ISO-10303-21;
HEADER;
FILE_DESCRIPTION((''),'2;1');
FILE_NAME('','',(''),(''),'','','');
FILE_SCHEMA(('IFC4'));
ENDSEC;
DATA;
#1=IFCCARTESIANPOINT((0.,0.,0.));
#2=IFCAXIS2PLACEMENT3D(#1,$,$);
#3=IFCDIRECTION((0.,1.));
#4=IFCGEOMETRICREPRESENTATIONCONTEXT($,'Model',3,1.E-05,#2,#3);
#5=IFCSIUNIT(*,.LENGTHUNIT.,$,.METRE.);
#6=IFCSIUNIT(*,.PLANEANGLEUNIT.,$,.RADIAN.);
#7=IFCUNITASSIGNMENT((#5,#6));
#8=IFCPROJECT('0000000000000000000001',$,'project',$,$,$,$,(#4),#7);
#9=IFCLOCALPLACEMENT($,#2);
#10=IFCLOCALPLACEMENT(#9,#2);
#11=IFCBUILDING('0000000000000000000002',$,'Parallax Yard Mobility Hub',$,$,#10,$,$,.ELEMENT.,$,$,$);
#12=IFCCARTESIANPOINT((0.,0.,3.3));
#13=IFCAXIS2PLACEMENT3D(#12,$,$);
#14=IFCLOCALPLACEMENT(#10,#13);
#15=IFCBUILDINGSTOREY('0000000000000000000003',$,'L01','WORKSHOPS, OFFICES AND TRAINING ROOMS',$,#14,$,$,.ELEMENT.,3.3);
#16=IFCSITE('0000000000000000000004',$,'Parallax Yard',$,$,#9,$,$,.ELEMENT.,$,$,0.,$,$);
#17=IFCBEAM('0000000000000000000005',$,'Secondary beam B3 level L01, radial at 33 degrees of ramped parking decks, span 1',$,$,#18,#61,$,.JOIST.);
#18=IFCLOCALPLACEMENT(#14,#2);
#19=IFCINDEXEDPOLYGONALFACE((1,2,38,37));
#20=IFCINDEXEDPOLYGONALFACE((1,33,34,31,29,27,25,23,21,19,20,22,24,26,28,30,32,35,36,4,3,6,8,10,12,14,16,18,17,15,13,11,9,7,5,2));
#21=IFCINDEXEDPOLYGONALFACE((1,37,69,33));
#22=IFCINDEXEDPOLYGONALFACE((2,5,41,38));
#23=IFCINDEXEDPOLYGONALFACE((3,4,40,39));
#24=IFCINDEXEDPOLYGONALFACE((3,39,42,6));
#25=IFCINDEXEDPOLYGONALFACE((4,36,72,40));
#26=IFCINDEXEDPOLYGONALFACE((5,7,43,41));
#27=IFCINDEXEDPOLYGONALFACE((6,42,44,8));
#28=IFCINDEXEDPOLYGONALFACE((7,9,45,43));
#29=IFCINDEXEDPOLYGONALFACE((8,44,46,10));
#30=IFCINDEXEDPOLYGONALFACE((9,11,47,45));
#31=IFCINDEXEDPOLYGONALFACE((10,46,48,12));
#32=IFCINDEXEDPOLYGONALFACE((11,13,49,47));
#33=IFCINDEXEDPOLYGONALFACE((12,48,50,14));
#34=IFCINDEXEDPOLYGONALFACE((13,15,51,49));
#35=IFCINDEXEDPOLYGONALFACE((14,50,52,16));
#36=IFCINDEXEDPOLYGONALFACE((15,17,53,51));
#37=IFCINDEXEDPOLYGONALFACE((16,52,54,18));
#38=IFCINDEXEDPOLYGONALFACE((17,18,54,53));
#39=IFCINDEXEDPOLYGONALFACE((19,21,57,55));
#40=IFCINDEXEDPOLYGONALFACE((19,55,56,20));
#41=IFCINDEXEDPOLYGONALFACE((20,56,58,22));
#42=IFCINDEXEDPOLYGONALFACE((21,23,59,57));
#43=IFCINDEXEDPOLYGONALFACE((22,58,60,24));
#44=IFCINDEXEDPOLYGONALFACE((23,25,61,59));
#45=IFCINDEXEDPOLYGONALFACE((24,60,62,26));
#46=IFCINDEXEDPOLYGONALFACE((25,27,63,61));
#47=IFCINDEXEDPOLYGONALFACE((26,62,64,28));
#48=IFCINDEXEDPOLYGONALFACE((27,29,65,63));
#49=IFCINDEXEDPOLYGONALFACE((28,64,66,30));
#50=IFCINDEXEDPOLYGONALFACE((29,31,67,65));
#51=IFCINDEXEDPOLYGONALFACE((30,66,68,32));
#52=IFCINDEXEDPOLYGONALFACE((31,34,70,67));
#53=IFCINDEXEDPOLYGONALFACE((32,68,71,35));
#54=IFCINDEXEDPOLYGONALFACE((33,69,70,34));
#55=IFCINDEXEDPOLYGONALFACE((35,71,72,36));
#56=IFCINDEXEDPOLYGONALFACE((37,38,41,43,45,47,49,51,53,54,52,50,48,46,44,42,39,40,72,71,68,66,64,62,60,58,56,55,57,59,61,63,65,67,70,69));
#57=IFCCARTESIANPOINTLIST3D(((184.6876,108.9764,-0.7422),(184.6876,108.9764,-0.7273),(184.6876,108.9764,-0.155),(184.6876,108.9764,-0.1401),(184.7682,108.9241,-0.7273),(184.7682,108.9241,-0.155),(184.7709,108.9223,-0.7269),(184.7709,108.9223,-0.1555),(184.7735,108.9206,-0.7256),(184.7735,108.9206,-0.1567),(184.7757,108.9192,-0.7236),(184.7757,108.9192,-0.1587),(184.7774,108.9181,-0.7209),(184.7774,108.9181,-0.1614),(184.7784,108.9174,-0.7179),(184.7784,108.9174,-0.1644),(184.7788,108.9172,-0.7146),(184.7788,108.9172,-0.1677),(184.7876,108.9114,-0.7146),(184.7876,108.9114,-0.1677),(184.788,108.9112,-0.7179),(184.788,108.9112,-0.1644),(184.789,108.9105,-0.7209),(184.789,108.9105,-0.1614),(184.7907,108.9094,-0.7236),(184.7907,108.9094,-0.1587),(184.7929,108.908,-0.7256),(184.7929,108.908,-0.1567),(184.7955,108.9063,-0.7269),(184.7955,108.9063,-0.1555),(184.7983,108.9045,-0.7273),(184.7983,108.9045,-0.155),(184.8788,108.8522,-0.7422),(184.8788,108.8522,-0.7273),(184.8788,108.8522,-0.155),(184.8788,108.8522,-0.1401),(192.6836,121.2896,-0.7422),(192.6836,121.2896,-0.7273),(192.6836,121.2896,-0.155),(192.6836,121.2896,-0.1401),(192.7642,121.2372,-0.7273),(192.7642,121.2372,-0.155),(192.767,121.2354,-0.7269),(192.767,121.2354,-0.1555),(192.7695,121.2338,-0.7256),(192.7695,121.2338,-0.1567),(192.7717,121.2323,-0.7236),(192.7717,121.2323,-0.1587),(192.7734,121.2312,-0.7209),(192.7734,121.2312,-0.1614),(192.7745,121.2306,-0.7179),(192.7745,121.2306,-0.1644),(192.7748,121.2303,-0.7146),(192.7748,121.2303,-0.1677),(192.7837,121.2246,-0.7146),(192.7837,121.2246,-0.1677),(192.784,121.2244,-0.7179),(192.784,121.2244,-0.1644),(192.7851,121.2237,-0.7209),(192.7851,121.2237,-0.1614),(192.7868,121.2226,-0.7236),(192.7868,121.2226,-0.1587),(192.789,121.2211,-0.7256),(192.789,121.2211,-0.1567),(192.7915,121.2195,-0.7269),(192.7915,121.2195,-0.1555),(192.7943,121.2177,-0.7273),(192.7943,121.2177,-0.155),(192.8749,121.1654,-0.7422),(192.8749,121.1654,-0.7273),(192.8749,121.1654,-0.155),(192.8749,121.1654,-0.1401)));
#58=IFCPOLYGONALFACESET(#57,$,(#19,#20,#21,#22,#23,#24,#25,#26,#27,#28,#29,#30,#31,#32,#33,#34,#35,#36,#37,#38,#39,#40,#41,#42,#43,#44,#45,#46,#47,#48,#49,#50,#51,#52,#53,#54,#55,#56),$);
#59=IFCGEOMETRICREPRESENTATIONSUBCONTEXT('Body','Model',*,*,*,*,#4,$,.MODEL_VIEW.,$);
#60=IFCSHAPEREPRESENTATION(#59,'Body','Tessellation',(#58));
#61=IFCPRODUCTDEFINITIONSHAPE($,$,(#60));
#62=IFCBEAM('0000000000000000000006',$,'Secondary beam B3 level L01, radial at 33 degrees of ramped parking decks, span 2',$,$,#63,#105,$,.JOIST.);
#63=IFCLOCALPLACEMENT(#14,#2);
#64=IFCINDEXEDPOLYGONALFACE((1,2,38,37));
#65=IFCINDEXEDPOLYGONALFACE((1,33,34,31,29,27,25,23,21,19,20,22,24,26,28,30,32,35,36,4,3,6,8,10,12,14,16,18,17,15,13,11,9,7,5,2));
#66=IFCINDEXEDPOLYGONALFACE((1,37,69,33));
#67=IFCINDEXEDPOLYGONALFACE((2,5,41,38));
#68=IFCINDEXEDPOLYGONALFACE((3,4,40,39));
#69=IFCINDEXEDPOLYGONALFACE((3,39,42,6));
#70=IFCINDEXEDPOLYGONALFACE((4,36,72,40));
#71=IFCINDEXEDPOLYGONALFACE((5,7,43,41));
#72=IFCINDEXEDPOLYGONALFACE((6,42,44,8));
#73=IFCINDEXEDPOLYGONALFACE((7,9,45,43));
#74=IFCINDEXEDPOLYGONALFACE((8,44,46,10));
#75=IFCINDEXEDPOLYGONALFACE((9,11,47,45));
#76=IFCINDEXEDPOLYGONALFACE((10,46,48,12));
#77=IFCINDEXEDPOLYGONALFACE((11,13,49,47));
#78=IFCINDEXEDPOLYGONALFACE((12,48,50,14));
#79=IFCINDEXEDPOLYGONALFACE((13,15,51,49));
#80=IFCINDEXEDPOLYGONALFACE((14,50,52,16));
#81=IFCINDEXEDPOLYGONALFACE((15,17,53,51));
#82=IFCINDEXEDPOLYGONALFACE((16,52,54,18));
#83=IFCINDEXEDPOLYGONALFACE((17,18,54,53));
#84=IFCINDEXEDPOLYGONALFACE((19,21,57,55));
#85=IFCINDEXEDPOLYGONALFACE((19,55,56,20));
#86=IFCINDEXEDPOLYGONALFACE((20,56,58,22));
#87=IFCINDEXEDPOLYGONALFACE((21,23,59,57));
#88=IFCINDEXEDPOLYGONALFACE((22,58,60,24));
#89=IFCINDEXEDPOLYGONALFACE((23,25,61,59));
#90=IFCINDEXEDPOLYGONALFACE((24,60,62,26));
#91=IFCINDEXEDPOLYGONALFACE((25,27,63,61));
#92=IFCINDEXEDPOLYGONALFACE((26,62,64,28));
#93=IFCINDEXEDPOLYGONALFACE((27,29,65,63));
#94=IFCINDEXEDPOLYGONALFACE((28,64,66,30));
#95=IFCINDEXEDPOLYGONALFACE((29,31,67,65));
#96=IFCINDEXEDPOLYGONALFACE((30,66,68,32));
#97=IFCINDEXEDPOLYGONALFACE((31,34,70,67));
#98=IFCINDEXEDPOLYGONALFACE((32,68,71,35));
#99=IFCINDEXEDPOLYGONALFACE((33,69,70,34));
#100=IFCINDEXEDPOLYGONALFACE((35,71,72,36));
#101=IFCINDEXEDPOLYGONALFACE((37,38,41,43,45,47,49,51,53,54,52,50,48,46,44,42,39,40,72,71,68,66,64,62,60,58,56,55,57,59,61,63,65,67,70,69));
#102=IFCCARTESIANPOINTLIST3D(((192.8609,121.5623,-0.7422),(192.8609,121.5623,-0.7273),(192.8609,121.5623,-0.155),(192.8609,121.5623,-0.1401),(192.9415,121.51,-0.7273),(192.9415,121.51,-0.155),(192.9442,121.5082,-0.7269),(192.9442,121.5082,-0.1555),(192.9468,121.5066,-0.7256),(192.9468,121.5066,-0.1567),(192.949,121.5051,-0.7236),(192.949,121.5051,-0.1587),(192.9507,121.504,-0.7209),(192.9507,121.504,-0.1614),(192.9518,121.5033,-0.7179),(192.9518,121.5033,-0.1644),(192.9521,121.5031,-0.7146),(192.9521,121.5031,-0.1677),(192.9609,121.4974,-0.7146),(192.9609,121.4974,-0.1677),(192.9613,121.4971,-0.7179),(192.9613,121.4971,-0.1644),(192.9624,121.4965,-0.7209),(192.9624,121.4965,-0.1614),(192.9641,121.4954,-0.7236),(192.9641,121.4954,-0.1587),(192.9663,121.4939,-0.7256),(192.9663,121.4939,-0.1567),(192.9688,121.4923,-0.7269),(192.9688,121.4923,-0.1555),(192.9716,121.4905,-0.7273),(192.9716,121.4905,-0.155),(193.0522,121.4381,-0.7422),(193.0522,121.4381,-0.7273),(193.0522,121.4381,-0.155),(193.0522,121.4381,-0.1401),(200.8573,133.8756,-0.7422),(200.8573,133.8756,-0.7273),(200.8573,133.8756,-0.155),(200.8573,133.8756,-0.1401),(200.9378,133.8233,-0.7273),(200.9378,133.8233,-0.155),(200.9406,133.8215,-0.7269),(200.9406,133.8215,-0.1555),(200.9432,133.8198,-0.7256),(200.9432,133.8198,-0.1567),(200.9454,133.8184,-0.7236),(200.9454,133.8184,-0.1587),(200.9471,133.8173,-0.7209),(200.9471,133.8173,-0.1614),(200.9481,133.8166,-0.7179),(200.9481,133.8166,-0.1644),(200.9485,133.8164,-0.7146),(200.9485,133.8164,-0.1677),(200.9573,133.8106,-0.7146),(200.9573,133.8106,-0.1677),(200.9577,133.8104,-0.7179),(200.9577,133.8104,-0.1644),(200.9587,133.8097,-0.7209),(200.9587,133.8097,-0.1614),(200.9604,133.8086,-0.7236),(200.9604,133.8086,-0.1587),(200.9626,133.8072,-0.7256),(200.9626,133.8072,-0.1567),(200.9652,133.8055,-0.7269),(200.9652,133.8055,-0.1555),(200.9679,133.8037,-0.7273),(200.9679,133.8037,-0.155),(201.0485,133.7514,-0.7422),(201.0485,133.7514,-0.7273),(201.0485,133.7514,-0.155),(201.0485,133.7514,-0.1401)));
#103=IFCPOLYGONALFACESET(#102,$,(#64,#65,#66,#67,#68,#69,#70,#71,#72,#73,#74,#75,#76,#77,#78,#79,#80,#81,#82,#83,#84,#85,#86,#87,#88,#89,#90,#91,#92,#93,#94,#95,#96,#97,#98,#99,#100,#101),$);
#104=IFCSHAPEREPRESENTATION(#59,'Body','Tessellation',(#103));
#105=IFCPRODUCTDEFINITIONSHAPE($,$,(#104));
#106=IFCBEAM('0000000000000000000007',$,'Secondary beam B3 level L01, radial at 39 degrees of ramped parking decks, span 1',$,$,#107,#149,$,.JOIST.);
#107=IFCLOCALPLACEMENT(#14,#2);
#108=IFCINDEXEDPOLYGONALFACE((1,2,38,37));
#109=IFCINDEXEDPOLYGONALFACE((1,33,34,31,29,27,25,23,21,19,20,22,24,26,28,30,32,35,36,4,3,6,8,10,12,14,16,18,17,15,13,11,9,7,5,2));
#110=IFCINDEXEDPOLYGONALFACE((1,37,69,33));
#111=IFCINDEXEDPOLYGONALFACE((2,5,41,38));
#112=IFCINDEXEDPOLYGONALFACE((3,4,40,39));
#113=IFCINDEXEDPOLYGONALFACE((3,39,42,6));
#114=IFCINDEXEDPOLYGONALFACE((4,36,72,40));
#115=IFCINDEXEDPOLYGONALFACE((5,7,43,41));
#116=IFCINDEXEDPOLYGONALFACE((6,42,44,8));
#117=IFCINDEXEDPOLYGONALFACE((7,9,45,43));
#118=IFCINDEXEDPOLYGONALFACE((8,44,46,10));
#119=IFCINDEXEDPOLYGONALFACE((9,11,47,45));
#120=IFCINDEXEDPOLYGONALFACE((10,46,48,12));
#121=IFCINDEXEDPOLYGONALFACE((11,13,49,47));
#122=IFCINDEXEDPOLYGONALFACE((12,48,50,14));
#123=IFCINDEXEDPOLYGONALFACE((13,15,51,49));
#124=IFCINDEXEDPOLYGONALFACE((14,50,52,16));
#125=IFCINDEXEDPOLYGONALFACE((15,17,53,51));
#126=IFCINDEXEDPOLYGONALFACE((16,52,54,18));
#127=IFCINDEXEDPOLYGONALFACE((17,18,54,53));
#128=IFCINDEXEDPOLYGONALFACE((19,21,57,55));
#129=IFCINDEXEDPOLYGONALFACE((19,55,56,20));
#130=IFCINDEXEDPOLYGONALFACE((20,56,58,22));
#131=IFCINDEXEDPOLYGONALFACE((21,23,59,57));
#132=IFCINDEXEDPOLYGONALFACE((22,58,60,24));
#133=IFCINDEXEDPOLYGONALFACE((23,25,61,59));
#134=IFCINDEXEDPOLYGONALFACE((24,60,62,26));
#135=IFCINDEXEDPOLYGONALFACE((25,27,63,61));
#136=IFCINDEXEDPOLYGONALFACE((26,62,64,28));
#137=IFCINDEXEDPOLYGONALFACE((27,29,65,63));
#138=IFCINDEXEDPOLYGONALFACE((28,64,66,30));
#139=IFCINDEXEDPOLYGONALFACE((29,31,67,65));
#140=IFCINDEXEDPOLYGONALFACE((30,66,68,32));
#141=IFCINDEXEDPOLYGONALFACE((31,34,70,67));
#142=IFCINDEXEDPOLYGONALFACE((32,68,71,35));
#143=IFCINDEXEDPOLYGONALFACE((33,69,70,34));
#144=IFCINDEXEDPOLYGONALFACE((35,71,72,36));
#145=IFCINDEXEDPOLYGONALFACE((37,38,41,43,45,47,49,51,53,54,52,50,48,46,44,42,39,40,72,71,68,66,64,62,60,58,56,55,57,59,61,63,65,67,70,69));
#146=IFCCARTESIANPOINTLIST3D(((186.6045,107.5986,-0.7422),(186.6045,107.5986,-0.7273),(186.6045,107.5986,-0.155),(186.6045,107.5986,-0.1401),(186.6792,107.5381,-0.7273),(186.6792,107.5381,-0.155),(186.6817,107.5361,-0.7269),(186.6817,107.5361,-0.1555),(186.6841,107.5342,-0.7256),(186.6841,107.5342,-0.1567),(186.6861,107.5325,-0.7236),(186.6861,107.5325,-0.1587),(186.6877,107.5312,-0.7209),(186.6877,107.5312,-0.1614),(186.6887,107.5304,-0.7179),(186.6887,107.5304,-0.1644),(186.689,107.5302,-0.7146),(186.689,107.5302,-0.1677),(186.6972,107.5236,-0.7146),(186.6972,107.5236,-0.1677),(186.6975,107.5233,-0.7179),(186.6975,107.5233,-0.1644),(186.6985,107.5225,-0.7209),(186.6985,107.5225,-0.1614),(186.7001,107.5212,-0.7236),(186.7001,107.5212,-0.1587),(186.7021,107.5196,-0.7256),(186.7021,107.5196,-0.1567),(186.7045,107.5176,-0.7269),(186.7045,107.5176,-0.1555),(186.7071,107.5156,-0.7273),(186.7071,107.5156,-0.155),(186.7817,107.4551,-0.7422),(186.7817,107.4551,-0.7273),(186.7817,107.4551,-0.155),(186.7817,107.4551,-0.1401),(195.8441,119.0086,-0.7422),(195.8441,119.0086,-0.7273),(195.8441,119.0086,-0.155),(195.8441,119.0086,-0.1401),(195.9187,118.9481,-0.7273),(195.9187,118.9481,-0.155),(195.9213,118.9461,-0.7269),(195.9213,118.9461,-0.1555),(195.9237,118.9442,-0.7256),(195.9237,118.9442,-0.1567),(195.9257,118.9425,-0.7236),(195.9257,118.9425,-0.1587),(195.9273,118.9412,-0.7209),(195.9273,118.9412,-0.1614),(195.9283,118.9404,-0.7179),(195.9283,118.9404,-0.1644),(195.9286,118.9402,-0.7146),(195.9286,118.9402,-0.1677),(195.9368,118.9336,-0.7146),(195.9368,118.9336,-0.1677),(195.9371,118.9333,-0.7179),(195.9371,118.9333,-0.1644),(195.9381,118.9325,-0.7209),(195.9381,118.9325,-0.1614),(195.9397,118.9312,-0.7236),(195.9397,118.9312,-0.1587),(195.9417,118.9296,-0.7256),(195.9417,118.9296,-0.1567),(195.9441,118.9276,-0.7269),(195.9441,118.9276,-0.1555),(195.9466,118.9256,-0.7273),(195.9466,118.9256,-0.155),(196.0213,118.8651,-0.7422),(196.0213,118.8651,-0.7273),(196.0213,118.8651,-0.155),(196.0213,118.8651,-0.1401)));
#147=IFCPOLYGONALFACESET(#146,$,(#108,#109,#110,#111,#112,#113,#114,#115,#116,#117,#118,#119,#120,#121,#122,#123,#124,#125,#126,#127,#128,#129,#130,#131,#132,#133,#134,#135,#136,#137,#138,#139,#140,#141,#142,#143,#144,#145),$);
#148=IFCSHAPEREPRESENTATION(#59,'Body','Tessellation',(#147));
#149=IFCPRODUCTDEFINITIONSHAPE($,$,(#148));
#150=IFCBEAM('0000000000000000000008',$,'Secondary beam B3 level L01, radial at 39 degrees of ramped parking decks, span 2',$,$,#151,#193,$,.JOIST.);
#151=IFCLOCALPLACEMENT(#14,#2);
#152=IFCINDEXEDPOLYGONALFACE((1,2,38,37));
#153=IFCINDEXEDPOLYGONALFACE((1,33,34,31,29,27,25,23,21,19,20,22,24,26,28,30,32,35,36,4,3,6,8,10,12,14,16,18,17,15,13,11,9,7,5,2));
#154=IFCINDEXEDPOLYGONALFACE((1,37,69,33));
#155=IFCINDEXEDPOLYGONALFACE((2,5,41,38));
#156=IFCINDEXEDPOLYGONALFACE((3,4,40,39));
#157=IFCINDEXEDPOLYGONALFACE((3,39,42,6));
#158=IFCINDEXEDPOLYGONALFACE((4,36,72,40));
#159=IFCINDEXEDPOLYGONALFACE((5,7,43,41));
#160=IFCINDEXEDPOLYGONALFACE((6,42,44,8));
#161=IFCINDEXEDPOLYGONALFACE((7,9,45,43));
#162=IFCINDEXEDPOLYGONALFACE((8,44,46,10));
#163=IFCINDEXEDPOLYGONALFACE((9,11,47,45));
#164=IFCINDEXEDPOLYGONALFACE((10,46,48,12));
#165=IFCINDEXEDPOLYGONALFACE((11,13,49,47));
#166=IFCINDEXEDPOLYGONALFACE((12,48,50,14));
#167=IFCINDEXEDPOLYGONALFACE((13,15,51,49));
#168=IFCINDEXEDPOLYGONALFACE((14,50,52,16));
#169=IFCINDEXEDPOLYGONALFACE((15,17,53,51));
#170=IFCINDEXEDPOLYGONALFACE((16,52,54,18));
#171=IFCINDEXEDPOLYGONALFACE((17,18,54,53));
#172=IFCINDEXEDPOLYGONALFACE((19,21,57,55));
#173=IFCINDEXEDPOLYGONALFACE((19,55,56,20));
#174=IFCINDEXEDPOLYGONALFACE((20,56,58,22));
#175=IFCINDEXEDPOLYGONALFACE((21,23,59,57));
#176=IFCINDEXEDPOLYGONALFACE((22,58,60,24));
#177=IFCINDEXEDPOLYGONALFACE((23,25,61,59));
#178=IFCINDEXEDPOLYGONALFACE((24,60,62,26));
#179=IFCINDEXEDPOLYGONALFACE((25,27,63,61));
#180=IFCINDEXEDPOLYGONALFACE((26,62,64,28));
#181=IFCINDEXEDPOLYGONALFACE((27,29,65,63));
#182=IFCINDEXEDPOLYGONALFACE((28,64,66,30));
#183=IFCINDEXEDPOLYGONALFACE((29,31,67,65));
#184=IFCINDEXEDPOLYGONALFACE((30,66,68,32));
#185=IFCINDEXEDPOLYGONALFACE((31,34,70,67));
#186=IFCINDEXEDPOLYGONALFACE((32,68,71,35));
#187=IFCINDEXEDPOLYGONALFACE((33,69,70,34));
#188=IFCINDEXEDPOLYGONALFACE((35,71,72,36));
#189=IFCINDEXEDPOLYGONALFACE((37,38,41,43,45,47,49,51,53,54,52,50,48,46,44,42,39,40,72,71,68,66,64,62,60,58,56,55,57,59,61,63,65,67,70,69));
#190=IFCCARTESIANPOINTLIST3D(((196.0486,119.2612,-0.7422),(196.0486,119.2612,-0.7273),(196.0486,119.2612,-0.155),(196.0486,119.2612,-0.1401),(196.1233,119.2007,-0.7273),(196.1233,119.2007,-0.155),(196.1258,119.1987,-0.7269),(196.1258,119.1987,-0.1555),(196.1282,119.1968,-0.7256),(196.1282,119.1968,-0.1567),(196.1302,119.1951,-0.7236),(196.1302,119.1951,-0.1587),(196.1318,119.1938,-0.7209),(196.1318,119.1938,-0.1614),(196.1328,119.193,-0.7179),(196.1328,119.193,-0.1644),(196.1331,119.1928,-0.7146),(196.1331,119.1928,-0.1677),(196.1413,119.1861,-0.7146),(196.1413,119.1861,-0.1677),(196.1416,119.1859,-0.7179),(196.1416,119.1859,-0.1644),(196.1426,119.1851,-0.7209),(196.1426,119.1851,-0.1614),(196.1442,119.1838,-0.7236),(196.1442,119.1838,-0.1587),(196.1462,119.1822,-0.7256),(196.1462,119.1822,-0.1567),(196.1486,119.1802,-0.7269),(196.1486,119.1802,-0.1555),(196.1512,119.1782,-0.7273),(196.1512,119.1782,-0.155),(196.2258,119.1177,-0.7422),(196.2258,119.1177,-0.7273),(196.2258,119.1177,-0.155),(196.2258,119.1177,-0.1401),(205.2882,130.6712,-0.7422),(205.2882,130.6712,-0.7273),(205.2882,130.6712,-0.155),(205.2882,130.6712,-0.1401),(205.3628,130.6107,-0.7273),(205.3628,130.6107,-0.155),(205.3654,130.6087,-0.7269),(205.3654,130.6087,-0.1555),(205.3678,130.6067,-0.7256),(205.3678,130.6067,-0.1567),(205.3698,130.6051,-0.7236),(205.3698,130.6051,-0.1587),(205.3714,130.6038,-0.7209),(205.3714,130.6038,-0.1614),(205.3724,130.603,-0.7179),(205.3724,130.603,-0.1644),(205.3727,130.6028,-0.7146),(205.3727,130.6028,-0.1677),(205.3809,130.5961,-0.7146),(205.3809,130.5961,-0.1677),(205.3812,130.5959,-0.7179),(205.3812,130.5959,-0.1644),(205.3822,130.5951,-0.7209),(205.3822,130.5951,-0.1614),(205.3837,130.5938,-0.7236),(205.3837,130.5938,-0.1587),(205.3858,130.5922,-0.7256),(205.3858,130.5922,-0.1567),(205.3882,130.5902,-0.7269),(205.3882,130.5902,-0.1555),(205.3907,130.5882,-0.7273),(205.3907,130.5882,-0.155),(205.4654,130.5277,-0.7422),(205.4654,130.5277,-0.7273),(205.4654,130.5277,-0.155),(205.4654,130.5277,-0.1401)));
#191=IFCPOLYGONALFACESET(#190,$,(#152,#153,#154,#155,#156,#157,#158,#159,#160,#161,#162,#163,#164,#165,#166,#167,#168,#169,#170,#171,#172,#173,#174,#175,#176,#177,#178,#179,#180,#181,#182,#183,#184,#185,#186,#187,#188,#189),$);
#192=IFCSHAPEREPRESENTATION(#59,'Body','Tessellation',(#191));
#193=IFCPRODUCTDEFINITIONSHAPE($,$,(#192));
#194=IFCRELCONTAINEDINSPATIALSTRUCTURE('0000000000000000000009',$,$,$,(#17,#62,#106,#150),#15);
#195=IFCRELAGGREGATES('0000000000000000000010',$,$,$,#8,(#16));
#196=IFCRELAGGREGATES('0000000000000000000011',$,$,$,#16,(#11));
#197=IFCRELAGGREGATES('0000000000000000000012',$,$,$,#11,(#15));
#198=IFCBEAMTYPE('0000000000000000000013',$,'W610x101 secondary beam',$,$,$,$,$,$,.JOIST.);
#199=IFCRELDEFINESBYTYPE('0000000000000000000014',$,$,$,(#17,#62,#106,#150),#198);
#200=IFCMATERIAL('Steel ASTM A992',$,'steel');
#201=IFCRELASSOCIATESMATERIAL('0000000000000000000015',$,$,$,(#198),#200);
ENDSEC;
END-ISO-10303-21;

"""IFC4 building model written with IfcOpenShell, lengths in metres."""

from ifc_helpers import new_model, si_unit, direction, frame, origin, origin_2d, place, context, subcontext, project, spatial, i_section, extrude, material, material_profile, profile_set, type_object, element, save


model = new_model("IFC4")

# Units and contexts
model_context = context("Model", 3, precision=1e-05, world=origin(), true_north=direction((0.0, 1.0)))
body_context = subcontext(model_context, "Body", "Model", "MODEL_VIEW")
ifc_project = project(units=[si_unit("LENGTHUNIT", "METRE"), si_unit("PLANEANGLEUNIT", "RADIAN")], contexts=[model_context])

# Site, building, storey
site_placement = place(None, origin())
site = spatial("IfcSite", under=ifc_project, at=site_placement, Name="Parallax Yard", CompositionType="ELEMENT", RefElevation=0.0)
building_placement = place(site_placement, origin())
building = spatial("IfcBuilding", under=site, at=building_placement, Name="Parallax Yard Mobility Hub", CompositionType="ELEMENT")
storey_placement = place(building_placement, frame((0.0, 0.0, 3.3)))
storey = spatial("IfcBuildingStorey", under=building, at=storey_placement, Name="L01", Description="WORKSHOPS, OFFICES AND TRAINING ROOMS", CompositionType="ELEMENT", Elevation=3.3)

# Shared definitions
ifc_material_1 = material(Name="Steel ASTM A992", Category="steel")

# Beams
ifc_material_profile_1 = material_profile(ifc_material_1, i_section(OverallWidth=0.228, OverallDepth=0.6021, WebThickness=0.0105, FlangeThickness=0.0149, FilletRadius=0.0127, at=origin_2d()), Name="W610x101")
ifc_profile_set_1 = profile_set([ifc_material_profile_1], Name="Steel ASTM A992")
beam_type_1 = type_object("IfcBeamType", Name="W610x101 secondary beam", PredefinedType="JOIST", material=ifc_profile_set_1)
beam_1_placement = place(storey_placement, frame((184.7832, 108.9143, -0.4412), z_axis=(0.544629, 0.838677, 0.0), x_axis=(-0.838677, 0.544629, 0.0)))
element("IfcBeam", 1, at=beam_1_placement, inside=storey, type_object=beam_type_1, Name="Secondary beam B3 level L01, radial at 33 degrees of ramped parking decks, span 1", PredefinedType="JOIST", context=body_context, shape_type="SweptSolid", body=[
    extrude(i_section(OverallWidth=0.228, OverallDepth=0.6021, WebThickness=0.0105, FlangeThickness=0.0149, FilletRadius=0.0127, at=origin_2d()), origin(), (0.0, 0.0, 1.0), 14.6816),
])
for number, where, z_axis, x_axis, name in (
    (2, (192.9565, 121.5002, -0.4412), (0.544641, 0.83867, 0.0), (-0.83867, 0.544641, 0.0), "Secondary beam B3 level L01, radial at 33 degrees of ramped parking decks, span 2"),
    (3, (186.6931, 107.5269, -0.4412), (0.629318, 0.777148, 0.0), (-0.777148, 0.629318, 0.0), "Secondary beam B3 level L01, radial at 39 degrees of ramped parking decks, span 1"),
    (4, (196.1372, 119.1895, -0.4412), (0.629318, 0.777148, 0.0), (-0.777148, 0.629318, 0.0), "Secondary beam B3 level L01, radial at 39 degrees of ramped parking decks, span 2"),
):
    element("IfcBeam", number, at=place(storey_placement, frame(where, z_axis=z_axis, x_axis=x_axis)), inside=storey, type_object=beam_type_1, Name=name, PredefinedType="JOIST", context=body_context, shape_type="SweptSolid", body=[
        extrude(i_section(OverallWidth=0.228, OverallDepth=0.6021, WebThickness=0.0105, FlangeThickness=0.0149, FilletRadius=0.0127, at=origin_2d()), origin(), (0.0, 0.0, 1.0), 14.6819),
    ])

save(model, "model.ifc")
